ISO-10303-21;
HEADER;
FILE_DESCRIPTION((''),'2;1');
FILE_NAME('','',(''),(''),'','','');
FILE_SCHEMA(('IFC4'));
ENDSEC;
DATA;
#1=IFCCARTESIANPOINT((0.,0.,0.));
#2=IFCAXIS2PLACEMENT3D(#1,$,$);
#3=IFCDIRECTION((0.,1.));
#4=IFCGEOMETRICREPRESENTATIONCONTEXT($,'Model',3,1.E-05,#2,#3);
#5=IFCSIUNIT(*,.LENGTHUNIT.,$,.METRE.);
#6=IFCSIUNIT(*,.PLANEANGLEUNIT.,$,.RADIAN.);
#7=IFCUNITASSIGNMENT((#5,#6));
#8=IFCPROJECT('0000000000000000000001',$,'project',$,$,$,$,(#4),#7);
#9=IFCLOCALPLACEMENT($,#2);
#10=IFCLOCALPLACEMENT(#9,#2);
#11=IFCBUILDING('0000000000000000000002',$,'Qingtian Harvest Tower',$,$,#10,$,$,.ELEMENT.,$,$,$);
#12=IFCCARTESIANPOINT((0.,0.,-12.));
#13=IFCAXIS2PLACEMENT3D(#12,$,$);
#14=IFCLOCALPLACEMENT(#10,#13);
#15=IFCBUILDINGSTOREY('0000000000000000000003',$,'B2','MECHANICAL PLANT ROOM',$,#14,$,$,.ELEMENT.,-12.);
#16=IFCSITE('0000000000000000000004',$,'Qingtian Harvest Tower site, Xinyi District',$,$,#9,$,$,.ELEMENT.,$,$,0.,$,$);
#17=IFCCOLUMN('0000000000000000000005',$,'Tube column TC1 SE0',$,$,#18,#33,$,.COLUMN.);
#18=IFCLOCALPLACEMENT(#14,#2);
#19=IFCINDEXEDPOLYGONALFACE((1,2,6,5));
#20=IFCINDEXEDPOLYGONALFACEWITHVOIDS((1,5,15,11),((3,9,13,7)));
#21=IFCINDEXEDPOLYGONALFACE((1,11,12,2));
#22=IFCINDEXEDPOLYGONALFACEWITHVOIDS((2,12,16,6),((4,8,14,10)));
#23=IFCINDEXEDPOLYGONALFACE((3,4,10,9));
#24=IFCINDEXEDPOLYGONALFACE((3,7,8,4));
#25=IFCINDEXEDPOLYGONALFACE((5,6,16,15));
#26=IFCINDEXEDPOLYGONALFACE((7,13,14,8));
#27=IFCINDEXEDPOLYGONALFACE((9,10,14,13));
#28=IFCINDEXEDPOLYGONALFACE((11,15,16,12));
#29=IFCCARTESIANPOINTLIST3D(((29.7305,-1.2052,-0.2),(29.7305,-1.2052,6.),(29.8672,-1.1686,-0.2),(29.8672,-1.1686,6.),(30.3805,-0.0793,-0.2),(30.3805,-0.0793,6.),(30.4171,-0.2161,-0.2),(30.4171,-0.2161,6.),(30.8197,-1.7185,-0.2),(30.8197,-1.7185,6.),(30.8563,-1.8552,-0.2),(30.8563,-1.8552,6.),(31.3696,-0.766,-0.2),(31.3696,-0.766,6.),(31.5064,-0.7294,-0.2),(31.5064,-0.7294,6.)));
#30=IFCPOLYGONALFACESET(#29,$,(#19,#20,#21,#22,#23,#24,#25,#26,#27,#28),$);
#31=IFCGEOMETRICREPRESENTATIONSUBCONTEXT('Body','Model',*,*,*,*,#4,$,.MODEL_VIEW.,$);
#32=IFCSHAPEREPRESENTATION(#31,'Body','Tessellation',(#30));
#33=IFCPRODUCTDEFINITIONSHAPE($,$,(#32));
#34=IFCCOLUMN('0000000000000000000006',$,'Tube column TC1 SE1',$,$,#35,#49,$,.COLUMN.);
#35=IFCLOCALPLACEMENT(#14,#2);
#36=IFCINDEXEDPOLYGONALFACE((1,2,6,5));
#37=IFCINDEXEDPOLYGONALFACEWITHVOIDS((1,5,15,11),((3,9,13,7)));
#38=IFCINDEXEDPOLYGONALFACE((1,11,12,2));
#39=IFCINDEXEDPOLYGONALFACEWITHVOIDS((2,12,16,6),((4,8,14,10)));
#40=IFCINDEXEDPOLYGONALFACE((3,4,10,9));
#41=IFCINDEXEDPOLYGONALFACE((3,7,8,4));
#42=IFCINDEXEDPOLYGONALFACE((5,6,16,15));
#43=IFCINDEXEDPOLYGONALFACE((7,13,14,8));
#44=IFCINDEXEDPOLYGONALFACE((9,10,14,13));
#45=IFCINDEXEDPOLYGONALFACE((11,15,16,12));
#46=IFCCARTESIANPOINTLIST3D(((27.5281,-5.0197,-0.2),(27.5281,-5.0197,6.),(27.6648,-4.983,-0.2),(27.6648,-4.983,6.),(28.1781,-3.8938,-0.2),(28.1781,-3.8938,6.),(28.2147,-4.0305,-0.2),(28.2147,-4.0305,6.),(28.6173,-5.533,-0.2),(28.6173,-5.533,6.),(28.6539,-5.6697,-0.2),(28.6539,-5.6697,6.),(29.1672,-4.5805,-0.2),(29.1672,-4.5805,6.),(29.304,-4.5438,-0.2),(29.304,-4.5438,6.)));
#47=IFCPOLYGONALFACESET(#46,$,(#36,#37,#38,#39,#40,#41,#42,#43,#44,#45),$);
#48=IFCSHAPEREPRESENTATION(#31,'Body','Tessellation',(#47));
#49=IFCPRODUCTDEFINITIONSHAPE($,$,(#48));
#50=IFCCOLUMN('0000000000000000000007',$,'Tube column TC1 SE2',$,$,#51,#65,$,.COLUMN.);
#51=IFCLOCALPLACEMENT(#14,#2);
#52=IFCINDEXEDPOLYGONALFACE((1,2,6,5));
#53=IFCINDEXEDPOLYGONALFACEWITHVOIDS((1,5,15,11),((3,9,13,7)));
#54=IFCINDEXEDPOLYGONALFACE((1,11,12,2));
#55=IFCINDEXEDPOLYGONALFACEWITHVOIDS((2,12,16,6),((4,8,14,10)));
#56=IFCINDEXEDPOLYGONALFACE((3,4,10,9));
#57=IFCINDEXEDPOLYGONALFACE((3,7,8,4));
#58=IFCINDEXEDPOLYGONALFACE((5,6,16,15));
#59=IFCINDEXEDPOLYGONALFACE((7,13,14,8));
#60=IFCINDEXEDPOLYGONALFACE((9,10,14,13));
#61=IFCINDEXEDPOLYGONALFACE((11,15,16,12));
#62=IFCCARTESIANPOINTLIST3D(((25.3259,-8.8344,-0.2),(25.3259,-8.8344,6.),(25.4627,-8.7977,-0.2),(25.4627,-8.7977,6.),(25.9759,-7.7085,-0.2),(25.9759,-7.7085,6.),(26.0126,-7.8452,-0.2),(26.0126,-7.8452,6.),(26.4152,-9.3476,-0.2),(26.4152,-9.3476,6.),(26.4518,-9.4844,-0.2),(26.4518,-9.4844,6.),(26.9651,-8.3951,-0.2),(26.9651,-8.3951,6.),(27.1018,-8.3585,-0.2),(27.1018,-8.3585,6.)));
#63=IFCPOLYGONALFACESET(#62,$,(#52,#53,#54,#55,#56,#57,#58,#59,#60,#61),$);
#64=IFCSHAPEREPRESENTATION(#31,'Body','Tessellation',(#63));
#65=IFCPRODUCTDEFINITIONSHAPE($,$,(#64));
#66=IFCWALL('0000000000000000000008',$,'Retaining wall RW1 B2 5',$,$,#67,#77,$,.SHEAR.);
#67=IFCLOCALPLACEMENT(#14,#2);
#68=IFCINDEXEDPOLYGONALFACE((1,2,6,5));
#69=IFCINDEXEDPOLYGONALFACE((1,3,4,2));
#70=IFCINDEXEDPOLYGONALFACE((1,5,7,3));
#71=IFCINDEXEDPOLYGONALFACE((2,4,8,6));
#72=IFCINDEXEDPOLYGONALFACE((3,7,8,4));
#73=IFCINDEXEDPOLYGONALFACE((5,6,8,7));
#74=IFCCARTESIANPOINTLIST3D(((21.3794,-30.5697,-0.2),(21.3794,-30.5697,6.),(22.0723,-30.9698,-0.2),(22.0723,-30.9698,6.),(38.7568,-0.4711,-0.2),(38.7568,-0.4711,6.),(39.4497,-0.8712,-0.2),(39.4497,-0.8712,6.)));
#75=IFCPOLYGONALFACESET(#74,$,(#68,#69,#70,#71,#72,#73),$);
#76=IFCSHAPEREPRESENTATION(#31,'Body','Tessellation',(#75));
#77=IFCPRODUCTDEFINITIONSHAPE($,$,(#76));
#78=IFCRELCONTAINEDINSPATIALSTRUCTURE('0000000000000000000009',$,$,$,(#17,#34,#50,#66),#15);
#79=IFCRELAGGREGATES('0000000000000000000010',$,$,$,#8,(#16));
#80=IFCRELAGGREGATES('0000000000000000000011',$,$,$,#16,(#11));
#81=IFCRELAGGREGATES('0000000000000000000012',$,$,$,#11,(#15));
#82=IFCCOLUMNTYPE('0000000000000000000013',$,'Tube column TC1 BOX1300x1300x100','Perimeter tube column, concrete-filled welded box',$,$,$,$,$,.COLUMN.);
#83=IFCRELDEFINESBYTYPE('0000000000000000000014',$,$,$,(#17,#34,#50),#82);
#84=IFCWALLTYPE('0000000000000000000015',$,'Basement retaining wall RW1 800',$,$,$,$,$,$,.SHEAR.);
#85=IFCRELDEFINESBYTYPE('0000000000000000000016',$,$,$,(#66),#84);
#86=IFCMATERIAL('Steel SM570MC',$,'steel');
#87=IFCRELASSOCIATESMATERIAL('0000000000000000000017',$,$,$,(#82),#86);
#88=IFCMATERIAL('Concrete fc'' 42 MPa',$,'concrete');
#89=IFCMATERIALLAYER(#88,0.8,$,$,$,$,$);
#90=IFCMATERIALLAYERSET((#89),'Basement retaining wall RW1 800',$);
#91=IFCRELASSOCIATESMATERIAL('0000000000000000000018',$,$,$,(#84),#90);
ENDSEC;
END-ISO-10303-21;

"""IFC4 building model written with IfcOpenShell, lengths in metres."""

from ifc_helpers import new_model, si_unit, direction, frame, frame_2d, origin, origin_2d, place, context, subcontext, project, spatial, rectangle, hollow_rectangle, extrude, material, layer, layer_set, material_profile, profile_set, type_object, element, save


model = new_model("IFC4")

# Units and contexts
model_context = context("Model", 3, precision=1e-05, world=origin(), true_north=direction((0.0, 1.0)))
body_context = subcontext(model_context, "Body", "Model", "MODEL_VIEW")
ifc_project = project(units=[si_unit("LENGTHUNIT", "METRE"), si_unit("PLANEANGLEUNIT", "RADIAN")], contexts=[model_context])

# Site, building, storey
site_placement = place(None, origin())
site = spatial("IfcSite", under=ifc_project, at=site_placement, Name="Qingtian Harvest Tower site, Xinyi District", CompositionType="ELEMENT", RefElevation=0.0)
building_placement = place(site_placement, origin())
building = spatial("IfcBuilding", under=site, at=building_placement, Name="Qingtian Harvest Tower", CompositionType="ELEMENT")
storey_placement = place(building_placement, frame((0.0, 0.0, -12.0)))
storey = spatial("IfcBuildingStorey", under=building, at=storey_placement, Name="B2", Description="MECHANICAL PLANT ROOM", CompositionType="ELEMENT", Elevation=-12.0)

# Columns
ifc_material_1 = material(Name="Steel SM570MC", Category="steel")
ifc_material_profile_1 = material_profile(ifc_material_1, hollow_rectangle(XDim=1.3, YDim=1.3, WallThickness=0.1001, at=origin_2d()), Name="BOX1300x1300x100")
ifc_profile_set_1 = profile_set([ifc_material_profile_1], Name="Steel SM570MC")
column_type_1 = type_object("IfcColumnType", Name="Tube column TC1 BOX1300x1300x100", Description="Perimeter tube column, concrete-filled welded box", PredefinedType="COLUMN", material=ifc_profile_set_1)
for number, where, z_axis, x_axis, name in (
    (1, (30.6184, -0.9673, -0.2), (0.0, 0.0, 1.0), (0.5, 0.866025, 0.0), "Tube column TC1 SE0"),
    (2, (28.416, -4.7817, -0.2), (0.0, 0.0, 1.0), (0.5, 0.866025, 0.0), "Tube column TC1 SE1"),
    (3, (26.2139, -8.5964, -0.2), (0.0, 0.0, 1.0), (0.5, 0.866025, 0.0), "Tube column TC1 SE2"),
):
    element("IfcColumn", number, at=place(storey_placement, frame(where, z_axis=z_axis, x_axis=x_axis)), inside=storey, type_object=column_type_1, Name=name, PredefinedType="COLUMN", context=body_context, shape_type="SweptSolid", body=[
        extrude(hollow_rectangle(XDim=1.3, YDim=1.3, WallThickness=0.1001, at=origin_2d()), origin(), (0.0, 0.0, 1.0), 6.2),
    ])

# Wall
ifc_material_2 = material(Name="Concrete fc' 42 MPa", Category="concrete")
ifc_layer = layer(ifc_material_2, 0.8)
ifc_layer_set = layer_set([ifc_layer], Name="Basement retaining wall RW1 800")
wall_type = type_object("IfcWallType", Name="Basement retaining wall RW1 800", PredefinedType="SHEAR", material=ifc_layer_set)
wall_placement = place(storey_placement, frame((39.1033, -0.6711, -0.2), z_axis=(0.0, 0.0, 1.0), x_axis=(-0.5, -0.866026, 0.0)))
element("IfcWall", 4, at=wall_placement, inside=storey, type_object=wall_type, Name="Retaining wall RW1 B2 5", PredefinedType="SHEAR", context=body_context, shape_type="SweptSolid", body=[
    extrude(rectangle(XDim=34.7549, YDim=0.8, at=frame_2d((17.3774, 0.0))), origin(), (0.0, 0.0, 1.0), 6.2),
])

save(model, "model.ifc")
